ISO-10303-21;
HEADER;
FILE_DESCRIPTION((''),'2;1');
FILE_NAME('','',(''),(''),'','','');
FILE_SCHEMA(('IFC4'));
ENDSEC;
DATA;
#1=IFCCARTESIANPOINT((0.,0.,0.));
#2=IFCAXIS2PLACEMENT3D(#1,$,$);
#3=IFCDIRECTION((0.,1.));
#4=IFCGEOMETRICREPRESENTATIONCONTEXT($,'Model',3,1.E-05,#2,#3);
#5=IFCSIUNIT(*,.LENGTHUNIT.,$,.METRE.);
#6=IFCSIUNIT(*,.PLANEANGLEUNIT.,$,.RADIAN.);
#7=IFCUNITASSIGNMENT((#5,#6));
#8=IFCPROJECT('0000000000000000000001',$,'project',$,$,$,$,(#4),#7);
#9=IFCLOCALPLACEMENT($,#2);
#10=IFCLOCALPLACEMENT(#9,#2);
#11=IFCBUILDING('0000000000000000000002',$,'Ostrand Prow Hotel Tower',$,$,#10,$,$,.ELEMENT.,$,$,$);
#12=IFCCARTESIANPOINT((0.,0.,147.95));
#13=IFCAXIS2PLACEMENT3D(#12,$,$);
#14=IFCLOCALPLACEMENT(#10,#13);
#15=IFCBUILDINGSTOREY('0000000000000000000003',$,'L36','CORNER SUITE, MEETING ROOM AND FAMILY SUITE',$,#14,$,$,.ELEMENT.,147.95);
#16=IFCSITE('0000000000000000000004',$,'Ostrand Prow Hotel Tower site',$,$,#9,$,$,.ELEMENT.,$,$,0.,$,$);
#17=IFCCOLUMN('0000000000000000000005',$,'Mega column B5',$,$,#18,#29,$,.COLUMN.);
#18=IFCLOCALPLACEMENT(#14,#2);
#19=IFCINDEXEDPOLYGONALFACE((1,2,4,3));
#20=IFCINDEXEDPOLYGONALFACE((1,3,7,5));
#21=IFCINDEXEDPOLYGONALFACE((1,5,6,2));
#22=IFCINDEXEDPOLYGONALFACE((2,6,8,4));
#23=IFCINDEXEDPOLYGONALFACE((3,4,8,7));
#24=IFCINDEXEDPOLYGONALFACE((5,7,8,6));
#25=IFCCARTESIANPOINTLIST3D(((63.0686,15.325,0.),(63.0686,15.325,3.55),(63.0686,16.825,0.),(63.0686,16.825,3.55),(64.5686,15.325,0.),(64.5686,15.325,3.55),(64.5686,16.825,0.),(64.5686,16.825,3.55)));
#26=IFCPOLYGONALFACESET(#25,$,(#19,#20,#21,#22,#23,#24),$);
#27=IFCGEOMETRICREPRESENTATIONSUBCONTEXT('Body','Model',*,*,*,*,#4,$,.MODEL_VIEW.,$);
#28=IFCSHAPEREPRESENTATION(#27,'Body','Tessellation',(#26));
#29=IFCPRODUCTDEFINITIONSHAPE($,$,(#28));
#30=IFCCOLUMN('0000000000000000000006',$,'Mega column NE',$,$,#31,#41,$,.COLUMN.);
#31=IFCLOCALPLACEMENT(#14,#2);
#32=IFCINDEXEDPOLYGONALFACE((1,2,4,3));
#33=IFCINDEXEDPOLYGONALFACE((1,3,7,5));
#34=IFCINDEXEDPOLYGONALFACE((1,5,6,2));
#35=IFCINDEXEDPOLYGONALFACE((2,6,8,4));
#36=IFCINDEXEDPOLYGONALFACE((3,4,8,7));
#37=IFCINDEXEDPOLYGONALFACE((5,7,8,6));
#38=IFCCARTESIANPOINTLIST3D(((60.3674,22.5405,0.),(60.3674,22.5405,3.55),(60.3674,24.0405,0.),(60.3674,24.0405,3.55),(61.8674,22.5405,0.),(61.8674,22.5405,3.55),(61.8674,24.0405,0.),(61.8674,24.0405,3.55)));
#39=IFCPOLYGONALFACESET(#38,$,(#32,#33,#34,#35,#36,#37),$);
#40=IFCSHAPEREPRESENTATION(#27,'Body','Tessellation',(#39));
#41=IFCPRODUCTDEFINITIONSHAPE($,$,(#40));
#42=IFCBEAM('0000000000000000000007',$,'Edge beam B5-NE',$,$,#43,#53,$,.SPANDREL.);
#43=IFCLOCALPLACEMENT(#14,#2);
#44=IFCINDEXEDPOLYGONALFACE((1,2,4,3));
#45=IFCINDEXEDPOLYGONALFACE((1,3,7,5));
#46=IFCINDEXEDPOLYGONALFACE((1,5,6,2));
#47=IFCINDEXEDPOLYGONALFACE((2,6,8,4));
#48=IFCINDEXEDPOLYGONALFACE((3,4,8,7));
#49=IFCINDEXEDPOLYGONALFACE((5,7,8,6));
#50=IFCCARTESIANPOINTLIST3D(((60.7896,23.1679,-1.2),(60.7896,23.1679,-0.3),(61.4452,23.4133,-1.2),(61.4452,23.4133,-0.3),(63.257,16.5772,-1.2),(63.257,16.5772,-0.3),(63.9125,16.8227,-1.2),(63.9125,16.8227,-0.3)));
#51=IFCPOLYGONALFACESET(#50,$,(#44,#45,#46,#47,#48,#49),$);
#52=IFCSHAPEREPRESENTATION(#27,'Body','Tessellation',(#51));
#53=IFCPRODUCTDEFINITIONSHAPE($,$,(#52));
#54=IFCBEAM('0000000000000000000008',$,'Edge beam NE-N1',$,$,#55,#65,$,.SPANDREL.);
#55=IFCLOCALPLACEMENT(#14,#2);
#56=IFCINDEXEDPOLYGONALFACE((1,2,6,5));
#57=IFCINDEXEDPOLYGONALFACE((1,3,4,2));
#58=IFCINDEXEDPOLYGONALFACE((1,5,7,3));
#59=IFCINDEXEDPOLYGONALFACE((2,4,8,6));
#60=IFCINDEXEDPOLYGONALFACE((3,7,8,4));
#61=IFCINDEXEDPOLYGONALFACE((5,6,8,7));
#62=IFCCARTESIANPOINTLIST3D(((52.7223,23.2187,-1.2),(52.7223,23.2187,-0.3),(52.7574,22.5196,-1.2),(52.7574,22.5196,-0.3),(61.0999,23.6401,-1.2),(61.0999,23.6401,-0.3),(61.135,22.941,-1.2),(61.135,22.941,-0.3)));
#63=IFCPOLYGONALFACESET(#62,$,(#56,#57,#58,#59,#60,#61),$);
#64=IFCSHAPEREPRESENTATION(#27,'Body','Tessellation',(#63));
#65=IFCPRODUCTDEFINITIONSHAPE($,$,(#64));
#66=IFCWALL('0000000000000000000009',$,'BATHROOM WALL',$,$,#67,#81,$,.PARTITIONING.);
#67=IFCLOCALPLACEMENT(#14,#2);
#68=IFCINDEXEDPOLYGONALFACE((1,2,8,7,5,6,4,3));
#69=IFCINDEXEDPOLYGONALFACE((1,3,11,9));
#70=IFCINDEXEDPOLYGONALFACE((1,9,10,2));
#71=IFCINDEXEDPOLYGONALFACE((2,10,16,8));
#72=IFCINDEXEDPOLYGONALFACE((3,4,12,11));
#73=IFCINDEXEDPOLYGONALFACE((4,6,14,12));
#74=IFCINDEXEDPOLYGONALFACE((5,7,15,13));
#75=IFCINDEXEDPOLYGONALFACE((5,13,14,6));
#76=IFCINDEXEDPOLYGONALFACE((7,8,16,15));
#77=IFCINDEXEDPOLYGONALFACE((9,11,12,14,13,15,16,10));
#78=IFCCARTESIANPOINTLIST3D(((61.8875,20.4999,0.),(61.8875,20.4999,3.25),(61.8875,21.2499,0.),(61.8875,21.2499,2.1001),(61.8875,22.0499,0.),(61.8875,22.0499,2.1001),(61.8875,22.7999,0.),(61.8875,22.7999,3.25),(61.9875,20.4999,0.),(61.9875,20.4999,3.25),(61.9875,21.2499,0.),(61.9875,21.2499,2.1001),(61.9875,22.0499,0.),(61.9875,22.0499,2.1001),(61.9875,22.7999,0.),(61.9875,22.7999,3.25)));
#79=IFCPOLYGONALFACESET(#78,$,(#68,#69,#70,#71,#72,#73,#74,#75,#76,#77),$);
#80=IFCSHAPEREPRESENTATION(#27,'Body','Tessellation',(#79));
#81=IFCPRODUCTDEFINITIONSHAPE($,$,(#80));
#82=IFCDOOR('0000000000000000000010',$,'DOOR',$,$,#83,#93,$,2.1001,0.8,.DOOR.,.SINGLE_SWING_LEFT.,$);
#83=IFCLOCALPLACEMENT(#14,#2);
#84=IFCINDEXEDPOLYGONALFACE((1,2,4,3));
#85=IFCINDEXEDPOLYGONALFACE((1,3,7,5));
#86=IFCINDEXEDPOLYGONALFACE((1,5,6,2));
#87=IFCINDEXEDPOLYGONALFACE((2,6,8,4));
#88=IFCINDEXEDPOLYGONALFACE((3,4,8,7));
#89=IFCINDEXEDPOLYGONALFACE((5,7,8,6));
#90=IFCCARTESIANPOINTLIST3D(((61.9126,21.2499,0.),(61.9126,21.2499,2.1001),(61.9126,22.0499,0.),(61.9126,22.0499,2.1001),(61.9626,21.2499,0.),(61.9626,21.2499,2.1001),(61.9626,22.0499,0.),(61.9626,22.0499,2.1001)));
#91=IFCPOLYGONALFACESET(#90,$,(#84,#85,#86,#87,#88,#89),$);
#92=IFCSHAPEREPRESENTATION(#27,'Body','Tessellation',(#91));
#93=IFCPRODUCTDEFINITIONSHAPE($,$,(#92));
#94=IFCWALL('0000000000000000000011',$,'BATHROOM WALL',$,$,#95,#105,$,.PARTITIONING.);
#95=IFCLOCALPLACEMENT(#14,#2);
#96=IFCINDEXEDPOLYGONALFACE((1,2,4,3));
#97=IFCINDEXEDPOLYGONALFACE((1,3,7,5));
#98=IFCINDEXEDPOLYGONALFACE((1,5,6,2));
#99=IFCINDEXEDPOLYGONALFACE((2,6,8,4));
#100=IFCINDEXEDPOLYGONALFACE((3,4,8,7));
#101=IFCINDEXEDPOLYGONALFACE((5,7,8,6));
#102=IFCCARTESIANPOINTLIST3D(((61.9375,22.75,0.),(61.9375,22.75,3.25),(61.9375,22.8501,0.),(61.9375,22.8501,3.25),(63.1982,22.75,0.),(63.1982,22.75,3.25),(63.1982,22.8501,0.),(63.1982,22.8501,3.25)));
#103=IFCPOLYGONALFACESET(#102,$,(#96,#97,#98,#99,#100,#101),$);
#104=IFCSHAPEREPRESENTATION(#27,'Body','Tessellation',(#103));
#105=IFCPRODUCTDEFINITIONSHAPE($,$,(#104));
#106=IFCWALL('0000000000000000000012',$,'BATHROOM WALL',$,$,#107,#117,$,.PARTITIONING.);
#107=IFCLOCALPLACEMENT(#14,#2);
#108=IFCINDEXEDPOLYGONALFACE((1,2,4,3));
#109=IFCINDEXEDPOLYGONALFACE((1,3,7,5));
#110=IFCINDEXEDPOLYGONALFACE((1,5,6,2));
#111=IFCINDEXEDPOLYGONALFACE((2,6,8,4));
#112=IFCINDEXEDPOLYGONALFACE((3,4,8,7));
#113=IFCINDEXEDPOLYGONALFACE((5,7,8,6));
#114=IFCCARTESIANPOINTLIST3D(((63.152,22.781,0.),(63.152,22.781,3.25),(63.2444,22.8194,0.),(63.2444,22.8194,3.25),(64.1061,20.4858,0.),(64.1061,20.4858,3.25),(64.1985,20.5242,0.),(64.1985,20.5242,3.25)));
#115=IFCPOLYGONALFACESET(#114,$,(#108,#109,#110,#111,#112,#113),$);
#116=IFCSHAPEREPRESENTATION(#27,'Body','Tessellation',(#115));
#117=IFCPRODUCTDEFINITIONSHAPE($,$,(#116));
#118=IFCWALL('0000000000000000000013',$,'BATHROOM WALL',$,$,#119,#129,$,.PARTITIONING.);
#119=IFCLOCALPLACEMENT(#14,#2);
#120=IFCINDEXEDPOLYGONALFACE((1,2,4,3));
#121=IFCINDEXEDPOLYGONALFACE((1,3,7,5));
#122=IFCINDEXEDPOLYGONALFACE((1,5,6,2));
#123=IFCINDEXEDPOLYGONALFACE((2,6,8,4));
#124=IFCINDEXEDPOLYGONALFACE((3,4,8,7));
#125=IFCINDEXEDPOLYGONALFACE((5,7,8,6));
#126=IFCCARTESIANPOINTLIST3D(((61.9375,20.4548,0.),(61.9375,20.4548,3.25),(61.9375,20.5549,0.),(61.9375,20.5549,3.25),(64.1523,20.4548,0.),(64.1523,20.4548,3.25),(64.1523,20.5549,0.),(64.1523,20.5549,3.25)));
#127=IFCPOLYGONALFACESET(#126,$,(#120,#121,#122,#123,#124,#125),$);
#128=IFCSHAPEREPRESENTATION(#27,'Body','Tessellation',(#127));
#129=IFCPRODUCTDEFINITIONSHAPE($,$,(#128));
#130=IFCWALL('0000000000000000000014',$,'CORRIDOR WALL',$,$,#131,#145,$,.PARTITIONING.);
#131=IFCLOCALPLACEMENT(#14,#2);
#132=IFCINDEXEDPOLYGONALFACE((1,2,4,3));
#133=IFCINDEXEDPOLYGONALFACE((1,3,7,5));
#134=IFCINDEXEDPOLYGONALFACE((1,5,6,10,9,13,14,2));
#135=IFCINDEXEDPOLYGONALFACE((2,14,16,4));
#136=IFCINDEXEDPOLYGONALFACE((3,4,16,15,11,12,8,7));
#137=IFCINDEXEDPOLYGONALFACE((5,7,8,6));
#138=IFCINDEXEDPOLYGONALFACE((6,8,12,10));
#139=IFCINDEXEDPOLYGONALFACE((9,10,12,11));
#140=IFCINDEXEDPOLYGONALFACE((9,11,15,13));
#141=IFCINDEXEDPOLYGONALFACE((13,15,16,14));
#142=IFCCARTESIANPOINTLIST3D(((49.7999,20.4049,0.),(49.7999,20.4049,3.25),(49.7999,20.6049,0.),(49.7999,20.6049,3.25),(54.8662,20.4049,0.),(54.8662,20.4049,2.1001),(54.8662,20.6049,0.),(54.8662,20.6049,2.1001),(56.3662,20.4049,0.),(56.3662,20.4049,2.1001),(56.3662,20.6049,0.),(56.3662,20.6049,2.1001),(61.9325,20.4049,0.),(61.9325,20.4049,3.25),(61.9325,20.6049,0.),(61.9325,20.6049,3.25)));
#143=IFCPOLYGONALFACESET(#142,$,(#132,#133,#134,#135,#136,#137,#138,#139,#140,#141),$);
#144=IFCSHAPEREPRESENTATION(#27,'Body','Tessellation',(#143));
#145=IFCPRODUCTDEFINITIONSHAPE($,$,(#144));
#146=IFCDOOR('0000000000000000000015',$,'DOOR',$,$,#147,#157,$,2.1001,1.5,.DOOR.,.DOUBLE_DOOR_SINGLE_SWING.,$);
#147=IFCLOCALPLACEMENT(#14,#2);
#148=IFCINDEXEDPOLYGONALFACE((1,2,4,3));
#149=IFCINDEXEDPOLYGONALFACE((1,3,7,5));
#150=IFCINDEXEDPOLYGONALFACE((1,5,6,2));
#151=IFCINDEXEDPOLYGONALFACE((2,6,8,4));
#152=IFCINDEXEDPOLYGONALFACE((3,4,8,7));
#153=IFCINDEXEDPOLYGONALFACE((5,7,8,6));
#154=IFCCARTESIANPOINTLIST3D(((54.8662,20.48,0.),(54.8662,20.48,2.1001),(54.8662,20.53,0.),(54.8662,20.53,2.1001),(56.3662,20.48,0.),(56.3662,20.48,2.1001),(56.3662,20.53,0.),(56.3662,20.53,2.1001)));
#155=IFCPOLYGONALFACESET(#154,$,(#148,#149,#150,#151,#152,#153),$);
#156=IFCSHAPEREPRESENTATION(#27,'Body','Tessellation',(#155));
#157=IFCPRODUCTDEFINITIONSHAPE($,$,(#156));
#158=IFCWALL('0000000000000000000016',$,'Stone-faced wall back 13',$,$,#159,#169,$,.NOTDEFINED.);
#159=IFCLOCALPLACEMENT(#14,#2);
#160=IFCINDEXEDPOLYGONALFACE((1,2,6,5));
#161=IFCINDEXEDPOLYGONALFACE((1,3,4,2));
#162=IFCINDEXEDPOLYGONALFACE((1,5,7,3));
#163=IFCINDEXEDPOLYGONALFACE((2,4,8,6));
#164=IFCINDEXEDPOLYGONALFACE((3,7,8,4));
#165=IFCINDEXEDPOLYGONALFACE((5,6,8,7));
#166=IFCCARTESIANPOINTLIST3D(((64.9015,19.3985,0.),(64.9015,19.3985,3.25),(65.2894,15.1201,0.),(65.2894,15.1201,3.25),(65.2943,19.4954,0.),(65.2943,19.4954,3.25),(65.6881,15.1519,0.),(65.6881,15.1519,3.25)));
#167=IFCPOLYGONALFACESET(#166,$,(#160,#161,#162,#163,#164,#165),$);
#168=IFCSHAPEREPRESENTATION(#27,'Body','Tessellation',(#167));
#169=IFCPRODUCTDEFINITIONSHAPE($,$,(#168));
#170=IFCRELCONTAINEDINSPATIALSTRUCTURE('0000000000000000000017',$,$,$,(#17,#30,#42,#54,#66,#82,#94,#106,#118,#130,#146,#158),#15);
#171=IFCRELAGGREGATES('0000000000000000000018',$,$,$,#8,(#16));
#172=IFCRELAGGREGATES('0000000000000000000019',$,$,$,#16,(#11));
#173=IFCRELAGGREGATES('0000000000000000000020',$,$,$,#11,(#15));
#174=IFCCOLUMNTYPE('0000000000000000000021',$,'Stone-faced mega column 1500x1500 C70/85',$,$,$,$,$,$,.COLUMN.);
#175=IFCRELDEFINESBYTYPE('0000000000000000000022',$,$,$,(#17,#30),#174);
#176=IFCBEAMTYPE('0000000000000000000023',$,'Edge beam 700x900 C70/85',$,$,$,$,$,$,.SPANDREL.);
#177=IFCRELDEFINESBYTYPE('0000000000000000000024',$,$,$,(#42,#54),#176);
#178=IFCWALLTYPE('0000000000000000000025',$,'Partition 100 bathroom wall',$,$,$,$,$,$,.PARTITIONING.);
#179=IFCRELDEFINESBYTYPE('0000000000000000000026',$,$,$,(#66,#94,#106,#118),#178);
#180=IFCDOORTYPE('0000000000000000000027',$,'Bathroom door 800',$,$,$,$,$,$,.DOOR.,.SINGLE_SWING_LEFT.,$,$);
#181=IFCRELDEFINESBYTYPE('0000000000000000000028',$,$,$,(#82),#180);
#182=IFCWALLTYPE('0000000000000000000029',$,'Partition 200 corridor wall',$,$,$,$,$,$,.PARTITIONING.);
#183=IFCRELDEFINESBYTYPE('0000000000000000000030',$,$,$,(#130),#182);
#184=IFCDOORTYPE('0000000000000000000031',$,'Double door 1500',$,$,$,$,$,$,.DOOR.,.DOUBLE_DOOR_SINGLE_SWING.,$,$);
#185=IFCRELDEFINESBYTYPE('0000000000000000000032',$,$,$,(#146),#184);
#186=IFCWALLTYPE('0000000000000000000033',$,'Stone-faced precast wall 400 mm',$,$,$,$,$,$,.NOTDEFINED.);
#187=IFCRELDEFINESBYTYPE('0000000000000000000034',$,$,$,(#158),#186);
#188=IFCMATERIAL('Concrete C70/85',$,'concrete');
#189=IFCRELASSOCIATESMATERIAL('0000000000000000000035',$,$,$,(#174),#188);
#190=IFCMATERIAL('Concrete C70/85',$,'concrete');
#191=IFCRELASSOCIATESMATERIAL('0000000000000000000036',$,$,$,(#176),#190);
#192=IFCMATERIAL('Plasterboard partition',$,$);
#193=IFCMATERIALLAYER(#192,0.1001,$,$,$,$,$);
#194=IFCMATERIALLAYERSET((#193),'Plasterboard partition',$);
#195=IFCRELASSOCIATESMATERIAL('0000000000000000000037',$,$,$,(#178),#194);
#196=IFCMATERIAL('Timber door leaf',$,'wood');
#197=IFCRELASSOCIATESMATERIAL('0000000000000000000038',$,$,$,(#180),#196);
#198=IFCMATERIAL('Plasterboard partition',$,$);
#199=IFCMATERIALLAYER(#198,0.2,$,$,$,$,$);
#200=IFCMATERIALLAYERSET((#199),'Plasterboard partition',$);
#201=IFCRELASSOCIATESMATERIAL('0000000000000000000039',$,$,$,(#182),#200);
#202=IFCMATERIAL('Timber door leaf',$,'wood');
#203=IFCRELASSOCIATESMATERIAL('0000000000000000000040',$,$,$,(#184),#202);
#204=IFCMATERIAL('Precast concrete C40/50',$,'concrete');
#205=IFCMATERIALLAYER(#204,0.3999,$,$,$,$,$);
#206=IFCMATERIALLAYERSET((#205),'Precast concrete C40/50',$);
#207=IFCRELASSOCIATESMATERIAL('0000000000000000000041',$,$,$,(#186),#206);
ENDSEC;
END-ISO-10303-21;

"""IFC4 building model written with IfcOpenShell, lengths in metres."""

from ifc_helpers import new_model, si_unit, direction, frame, frame_2d, origin, origin_2d, place, context, subcontext, project, spatial, polyline, rectangle, outline, extrude, material, layer, layer_set, material_profile, profile_set, type_object, element, fill, save


model = new_model("IFC4")

# Units and contexts
model_context = context("Model", 3, precision=1e-05, world=origin(), true_north=direction((0.0, 1.0)))
body_context = subcontext(model_context, "Body", "Model", "MODEL_VIEW")
ifc_project = project(units=[si_unit("LENGTHUNIT", "METRE"), si_unit("PLANEANGLEUNIT", "RADIAN")], contexts=[model_context])

# Site, building, storey
site_placement = place(None, origin())
site = spatial("IfcSite", under=ifc_project, at=site_placement, Name="Ostrand Prow Hotel Tower site", CompositionType="ELEMENT", RefElevation=0.0)
building_placement = place(site_placement, origin())
building = spatial("IfcBuilding", under=site, at=building_placement, Name="Ostrand Prow Hotel Tower", CompositionType="ELEMENT")
storey_placement = place(building_placement, frame((0.0, 0.0, 147.95)))
storey = spatial("IfcBuildingStorey", under=building, at=storey_placement, Name="L36", Description="CORNER SUITE, MEETING ROOM AND FAMILY SUITE", CompositionType="ELEMENT", Elevation=147.95)

# Columns
ifc_material_1 = material(Name="Concrete C70/85", Category="concrete")
ifc_material_profile_1 = material_profile(ifc_material_1, rectangle(XDim=1.5, YDim=1.5, at=origin_2d()), Name="RC 1500x1500")
ifc_profile_set_1 = profile_set([ifc_material_profile_1], Name="Concrete C70/85")
column_type = type_object("IfcColumnType", Name="Stone-faced mega column 1500x1500 C70/85", PredefinedType="COLUMN", material=ifc_profile_set_1)
for number, where, z_axis, x_axis, name in (
    (1, (63.8186, 16.075, 0.0), (0.0, 0.0, 1.0), (1.0, 0.0, 0.0), "Mega column B5"),
    (2, (61.1174, 23.2905, 0.0), (0.0, 0.0, 1.0), (1.0, 0.0, 0.0), "Mega column NE"),
):
    element("IfcColumn", number, at=place(storey_placement, frame(where, z_axis=z_axis, x_axis=x_axis)), inside=storey, type_object=column_type, Name=name, PredefinedType="COLUMN", context=body_context, shape_type="SweptSolid", body=[
        extrude(rectangle(XDim=1.5, YDim=1.5, at=origin_2d()), origin(), (0.0, 0.0, 1.0), 3.55),
    ])

# Beams
ifc_material_2 = material(Name="Concrete C70/85", Category="concrete")
ifc_material_profile_2 = material_profile(ifc_material_2, rectangle(XDim=0.7, YDim=0.8999, at=origin_2d()), Name="RC 700x900")
ifc_profile_set_2 = profile_set([ifc_material_profile_2], Name="Concrete C70/85")
beam_type = type_object("IfcBeamType", Name="Edge beam 700x900 C70/85", PredefinedType="SPANDREL", material=ifc_profile_set_2)
beam_1_placement = place(storey_placement, frame((63.5847, 16.7, -0.75), z_axis=(-0.350603, 0.936524, 0.0), x_axis=(-0.936524, -0.350603, 0.0)))
element("IfcBeam", 3, at=beam_1_placement, inside=storey, type_object=beam_type, Name="Edge beam B5-NE", PredefinedType="SPANDREL", context=body_context, shape_type="SweptSolid", body=[
    extrude(rectangle(XDim=0.7, YDim=0.8999, at=origin_2d()), origin(), (0.0, 0.0, 1.0), 7.0374),
])
beam_2_placement = place(storey_placement, frame((61.1174, 23.2905, -0.75), z_axis=(-0.998737, -0.050235, 0.0), x_axis=(0.050235, -0.998737, 0.0)))
element("IfcBeam", 4, at=beam_2_placement, inside=storey, type_object=beam_type, Name="Edge beam NE-N1", PredefinedType="SPANDREL", context=body_context, shape_type="SweptSolid", body=[
    extrude(rectangle(XDim=0.7, YDim=0.8999, at=origin_2d()), origin(), (0.0, 0.0, 1.0), 8.3882),
])

# Wall, opening, door
ifc_material_3 = material(Name="Plasterboard partition")
ifc_layer_1 = layer(ifc_material_3, 0.1001)
ifc_layer_set_1 = layer_set([ifc_layer_1], Name="Plasterboard partition")
wall_type_1 = type_object("IfcWallType", Name="Partition 100 bathroom wall", PredefinedType="PARTITIONING", material=ifc_layer_set_1)
wall_1_placement = place(storey_placement, frame((61.9375, 20.5, 0.0), z_axis=(0.0, 0.0, 1.0), x_axis=(0.0, 1.0, 0.0)))
wall_1 = element("IfcWall", 5, at=wall_1_placement, inside=storey, type_object=wall_type_1, Name="BATHROOM WALL", PredefinedType="PARTITIONING", context=body_context, shape_type="SweptSolid", body=[
    extrude(rectangle(XDim=2.3, YDim=0.1001, at=frame_2d((1.1499, 0.0))), origin(), (0.0, 0.0, 1.0), 3.25),
])
opening_1_placement = place(wall_1_placement, frame((0.75, 0.0, 0.0)))
opening_1 = element("IfcOpeningElement", 6, at=opening_1_placement, cuts=wall_1, PredefinedType="OPENING", context=body_context, shape_type="SweptSolid", body=[
    extrude(rectangle(XDim=0.8, YDim=2.1001, at=frame_2d((0.3999, 1.05))), frame((0.0, 0.0601, 0.0), z_axis=(0.0, -1.0, 0.0), x_axis=(1.0, 0.0, 0.0)), (0.0, 0.0, 1.0), 0.1201),
])
ifc_material_4 = material(Name="Timber door leaf", Category="wood")
door_type_1 = type_object("IfcDoorType", Name="Bathroom door 800", OperationType="SINGLE_SWING_LEFT", PredefinedType="DOOR", material=ifc_material_4)
door_1_placement = place(opening_1_placement, origin())
door_1 = element("IfcDoor", 7, at=door_1_placement, inside=storey, type_object=door_type_1, Name="DOOR", OperationType="SINGLE_SWING_LEFT", OverallHeight=2.1001, OverallWidth=0.8, PredefinedType="DOOR", context=body_context, shape_type="SweptSolid", body=[
    extrude(rectangle(XDim=0.8, YDim=2.1001, at=frame_2d((0.3999, 1.05))), frame((0.0, 0.0249, 0.0), z_axis=(0.0, -1.0, 0.0), x_axis=(1.0, 0.0, 0.0)), (0.0, 0.0, 1.0), 0.05),
])
fill(opening_1, door_1)

# Walls
wall_2_placement = place(storey_placement, frame((61.9375, 22.8, 0.0), z_axis=(0.0, 0.0, 1.0), x_axis=(1.0, 0.0, 0.0)))
element("IfcWall", 8, at=wall_2_placement, inside=storey, type_object=wall_type_1, Name="BATHROOM WALL", PredefinedType="PARTITIONING", context=body_context, shape_type="SweptSolid", body=[
    extrude(rectangle(XDim=1.2607, YDim=0.1001, at=frame_2d((0.6304, 0.0))), origin(), (0.0, 0.0, 1.0), 3.25),
])
wall_3_placement = place(storey_placement, frame((63.1982, 22.8, 0.0), z_axis=(0.0, 0.0, 1.0), x_axis=(0.383855, -0.923393, 0.0)))
element("IfcWall", 9, at=wall_3_placement, inside=storey, type_object=wall_type_1, Name="BATHROOM WALL", PredefinedType="PARTITIONING", context=body_context, shape_type="SweptSolid", body=[
    extrude(rectangle(XDim=2.4856, YDim=0.1001, at=frame_2d((1.2427, 0.0))), origin(), (0.0, 0.0, 1.0), 3.25),
])
wall_4_placement = place(storey_placement, frame((64.1523, 20.5049, 0.0), z_axis=(0.0, 0.0, 1.0), x_axis=(-1.0, 0.0, 0.0)))
element("IfcWall", 10, at=wall_4_placement, inside=storey, type_object=wall_type_1, Name="BATHROOM WALL", PredefinedType="PARTITIONING", context=body_context, shape_type="SweptSolid", body=[
    extrude(rectangle(XDim=2.2148, YDim=0.1001, at=frame_2d((1.1074, 0.0))), origin(), (0.0, 0.0, 1.0), 3.25),
])

# Wall, opening, door
ifc_material_5 = material(Name="Plasterboard partition")
ifc_layer_2 = layer(ifc_material_5, 0.2)
ifc_layer_set_2 = layer_set([ifc_layer_2], Name="Plasterboard partition")
wall_type_2 = type_object("IfcWallType", Name="Partition 200 corridor wall", PredefinedType="PARTITIONING", material=ifc_layer_set_2)
wall_5_placement = place(storey_placement, frame((61.9326, 20.5049, 0.0), z_axis=(0.0, 0.0, 1.0), x_axis=(-1.0, 0.0, 0.0)))
wall_5 = element("IfcWall", 11, at=wall_5_placement, inside=storey, type_object=wall_type_2, Name="CORRIDOR WALL", PredefinedType="PARTITIONING", context=body_context, shape_type="SweptSolid", body=[
    extrude(rectangle(XDim=12.1326, YDim=0.2, at=frame_2d((6.0664, 0.0))), origin(), (0.0, 0.0, 1.0), 3.25),
])
opening_2_placement = place(wall_5_placement, frame((5.5664, 0.0, 0.0)))
opening_2 = element("IfcOpeningElement", 12, at=opening_2_placement, cuts=wall_5, PredefinedType="OPENING", context=body_context, shape_type="SweptSolid", body=[
    extrude(rectangle(XDim=1.5, YDim=2.1001, at=frame_2d((0.75, 1.05))), frame((0.0, 0.1099, 0.0), z_axis=(0.0, -1.0, 0.0), x_axis=(1.0, 0.0, 0.0)), (0.0, 0.0, 1.0), 0.22),
])
ifc_material_6 = material(Name="Timber door leaf", Category="wood")
door_type_2 = type_object("IfcDoorType", Name="Double door 1500", OperationType="DOUBLE_DOOR_SINGLE_SWING", PredefinedType="DOOR", material=ifc_material_6)
door_2_placement = place(opening_2_placement, origin())
door_2 = element("IfcDoor", 13, at=door_2_placement, inside=storey, type_object=door_type_2, Name="DOOR", OperationType="DOUBLE_DOOR_SINGLE_SWING", OverallHeight=2.1001, OverallWidth=1.5, PredefinedType="DOOR", context=body_context, shape_type="SweptSolid", body=[
    extrude(rectangle(XDim=1.5, YDim=2.1001, at=frame_2d((0.75, 1.05))), frame((0.0, 0.0249, 0.0), z_axis=(0.0, -1.0, 0.0), x_axis=(1.0, 0.0, 0.0)), (0.0, 0.0, 1.0), 0.05),
])
fill(opening_2, door_2)

# Wall
ifc_material_7 = material(Name="Precast concrete C40/50", Category="concrete")
ifc_layer_3 = layer(ifc_material_7, 0.3999)
ifc_layer_set_3 = layer_set([ifc_layer_3], Name="Precast concrete C40/50")
wall_type_3 = type_object("IfcWallType", Name="Stone-faced precast wall 400 mm", PredefinedType="NOTDEFINED", material=ifc_layer_set_3)
wall_6_placement = place(storey_placement, frame((65.4888, 15.136, 0.0), z_axis=(0.0, 0.0, 1.0), x_axis=(-0.090297, 0.995915, 0.0)))
element("IfcWall", 14, at=wall_6_placement, inside=storey, type_object=wall_type_3, Name="Stone-faced wall back 13", PredefinedType="NOTDEFINED", context=body_context, shape_type="SweptSolid", body=[
    extrude(outline(polyline([(-0.0022, -0.2), (4.3591, -0.2), (4.2981, 0.2), (0.0022, 0.2), (-0.0022, -0.2)])), origin(), (0.0, 0.0, 1.0), 3.25),
])

save(model, "model.ifc")
